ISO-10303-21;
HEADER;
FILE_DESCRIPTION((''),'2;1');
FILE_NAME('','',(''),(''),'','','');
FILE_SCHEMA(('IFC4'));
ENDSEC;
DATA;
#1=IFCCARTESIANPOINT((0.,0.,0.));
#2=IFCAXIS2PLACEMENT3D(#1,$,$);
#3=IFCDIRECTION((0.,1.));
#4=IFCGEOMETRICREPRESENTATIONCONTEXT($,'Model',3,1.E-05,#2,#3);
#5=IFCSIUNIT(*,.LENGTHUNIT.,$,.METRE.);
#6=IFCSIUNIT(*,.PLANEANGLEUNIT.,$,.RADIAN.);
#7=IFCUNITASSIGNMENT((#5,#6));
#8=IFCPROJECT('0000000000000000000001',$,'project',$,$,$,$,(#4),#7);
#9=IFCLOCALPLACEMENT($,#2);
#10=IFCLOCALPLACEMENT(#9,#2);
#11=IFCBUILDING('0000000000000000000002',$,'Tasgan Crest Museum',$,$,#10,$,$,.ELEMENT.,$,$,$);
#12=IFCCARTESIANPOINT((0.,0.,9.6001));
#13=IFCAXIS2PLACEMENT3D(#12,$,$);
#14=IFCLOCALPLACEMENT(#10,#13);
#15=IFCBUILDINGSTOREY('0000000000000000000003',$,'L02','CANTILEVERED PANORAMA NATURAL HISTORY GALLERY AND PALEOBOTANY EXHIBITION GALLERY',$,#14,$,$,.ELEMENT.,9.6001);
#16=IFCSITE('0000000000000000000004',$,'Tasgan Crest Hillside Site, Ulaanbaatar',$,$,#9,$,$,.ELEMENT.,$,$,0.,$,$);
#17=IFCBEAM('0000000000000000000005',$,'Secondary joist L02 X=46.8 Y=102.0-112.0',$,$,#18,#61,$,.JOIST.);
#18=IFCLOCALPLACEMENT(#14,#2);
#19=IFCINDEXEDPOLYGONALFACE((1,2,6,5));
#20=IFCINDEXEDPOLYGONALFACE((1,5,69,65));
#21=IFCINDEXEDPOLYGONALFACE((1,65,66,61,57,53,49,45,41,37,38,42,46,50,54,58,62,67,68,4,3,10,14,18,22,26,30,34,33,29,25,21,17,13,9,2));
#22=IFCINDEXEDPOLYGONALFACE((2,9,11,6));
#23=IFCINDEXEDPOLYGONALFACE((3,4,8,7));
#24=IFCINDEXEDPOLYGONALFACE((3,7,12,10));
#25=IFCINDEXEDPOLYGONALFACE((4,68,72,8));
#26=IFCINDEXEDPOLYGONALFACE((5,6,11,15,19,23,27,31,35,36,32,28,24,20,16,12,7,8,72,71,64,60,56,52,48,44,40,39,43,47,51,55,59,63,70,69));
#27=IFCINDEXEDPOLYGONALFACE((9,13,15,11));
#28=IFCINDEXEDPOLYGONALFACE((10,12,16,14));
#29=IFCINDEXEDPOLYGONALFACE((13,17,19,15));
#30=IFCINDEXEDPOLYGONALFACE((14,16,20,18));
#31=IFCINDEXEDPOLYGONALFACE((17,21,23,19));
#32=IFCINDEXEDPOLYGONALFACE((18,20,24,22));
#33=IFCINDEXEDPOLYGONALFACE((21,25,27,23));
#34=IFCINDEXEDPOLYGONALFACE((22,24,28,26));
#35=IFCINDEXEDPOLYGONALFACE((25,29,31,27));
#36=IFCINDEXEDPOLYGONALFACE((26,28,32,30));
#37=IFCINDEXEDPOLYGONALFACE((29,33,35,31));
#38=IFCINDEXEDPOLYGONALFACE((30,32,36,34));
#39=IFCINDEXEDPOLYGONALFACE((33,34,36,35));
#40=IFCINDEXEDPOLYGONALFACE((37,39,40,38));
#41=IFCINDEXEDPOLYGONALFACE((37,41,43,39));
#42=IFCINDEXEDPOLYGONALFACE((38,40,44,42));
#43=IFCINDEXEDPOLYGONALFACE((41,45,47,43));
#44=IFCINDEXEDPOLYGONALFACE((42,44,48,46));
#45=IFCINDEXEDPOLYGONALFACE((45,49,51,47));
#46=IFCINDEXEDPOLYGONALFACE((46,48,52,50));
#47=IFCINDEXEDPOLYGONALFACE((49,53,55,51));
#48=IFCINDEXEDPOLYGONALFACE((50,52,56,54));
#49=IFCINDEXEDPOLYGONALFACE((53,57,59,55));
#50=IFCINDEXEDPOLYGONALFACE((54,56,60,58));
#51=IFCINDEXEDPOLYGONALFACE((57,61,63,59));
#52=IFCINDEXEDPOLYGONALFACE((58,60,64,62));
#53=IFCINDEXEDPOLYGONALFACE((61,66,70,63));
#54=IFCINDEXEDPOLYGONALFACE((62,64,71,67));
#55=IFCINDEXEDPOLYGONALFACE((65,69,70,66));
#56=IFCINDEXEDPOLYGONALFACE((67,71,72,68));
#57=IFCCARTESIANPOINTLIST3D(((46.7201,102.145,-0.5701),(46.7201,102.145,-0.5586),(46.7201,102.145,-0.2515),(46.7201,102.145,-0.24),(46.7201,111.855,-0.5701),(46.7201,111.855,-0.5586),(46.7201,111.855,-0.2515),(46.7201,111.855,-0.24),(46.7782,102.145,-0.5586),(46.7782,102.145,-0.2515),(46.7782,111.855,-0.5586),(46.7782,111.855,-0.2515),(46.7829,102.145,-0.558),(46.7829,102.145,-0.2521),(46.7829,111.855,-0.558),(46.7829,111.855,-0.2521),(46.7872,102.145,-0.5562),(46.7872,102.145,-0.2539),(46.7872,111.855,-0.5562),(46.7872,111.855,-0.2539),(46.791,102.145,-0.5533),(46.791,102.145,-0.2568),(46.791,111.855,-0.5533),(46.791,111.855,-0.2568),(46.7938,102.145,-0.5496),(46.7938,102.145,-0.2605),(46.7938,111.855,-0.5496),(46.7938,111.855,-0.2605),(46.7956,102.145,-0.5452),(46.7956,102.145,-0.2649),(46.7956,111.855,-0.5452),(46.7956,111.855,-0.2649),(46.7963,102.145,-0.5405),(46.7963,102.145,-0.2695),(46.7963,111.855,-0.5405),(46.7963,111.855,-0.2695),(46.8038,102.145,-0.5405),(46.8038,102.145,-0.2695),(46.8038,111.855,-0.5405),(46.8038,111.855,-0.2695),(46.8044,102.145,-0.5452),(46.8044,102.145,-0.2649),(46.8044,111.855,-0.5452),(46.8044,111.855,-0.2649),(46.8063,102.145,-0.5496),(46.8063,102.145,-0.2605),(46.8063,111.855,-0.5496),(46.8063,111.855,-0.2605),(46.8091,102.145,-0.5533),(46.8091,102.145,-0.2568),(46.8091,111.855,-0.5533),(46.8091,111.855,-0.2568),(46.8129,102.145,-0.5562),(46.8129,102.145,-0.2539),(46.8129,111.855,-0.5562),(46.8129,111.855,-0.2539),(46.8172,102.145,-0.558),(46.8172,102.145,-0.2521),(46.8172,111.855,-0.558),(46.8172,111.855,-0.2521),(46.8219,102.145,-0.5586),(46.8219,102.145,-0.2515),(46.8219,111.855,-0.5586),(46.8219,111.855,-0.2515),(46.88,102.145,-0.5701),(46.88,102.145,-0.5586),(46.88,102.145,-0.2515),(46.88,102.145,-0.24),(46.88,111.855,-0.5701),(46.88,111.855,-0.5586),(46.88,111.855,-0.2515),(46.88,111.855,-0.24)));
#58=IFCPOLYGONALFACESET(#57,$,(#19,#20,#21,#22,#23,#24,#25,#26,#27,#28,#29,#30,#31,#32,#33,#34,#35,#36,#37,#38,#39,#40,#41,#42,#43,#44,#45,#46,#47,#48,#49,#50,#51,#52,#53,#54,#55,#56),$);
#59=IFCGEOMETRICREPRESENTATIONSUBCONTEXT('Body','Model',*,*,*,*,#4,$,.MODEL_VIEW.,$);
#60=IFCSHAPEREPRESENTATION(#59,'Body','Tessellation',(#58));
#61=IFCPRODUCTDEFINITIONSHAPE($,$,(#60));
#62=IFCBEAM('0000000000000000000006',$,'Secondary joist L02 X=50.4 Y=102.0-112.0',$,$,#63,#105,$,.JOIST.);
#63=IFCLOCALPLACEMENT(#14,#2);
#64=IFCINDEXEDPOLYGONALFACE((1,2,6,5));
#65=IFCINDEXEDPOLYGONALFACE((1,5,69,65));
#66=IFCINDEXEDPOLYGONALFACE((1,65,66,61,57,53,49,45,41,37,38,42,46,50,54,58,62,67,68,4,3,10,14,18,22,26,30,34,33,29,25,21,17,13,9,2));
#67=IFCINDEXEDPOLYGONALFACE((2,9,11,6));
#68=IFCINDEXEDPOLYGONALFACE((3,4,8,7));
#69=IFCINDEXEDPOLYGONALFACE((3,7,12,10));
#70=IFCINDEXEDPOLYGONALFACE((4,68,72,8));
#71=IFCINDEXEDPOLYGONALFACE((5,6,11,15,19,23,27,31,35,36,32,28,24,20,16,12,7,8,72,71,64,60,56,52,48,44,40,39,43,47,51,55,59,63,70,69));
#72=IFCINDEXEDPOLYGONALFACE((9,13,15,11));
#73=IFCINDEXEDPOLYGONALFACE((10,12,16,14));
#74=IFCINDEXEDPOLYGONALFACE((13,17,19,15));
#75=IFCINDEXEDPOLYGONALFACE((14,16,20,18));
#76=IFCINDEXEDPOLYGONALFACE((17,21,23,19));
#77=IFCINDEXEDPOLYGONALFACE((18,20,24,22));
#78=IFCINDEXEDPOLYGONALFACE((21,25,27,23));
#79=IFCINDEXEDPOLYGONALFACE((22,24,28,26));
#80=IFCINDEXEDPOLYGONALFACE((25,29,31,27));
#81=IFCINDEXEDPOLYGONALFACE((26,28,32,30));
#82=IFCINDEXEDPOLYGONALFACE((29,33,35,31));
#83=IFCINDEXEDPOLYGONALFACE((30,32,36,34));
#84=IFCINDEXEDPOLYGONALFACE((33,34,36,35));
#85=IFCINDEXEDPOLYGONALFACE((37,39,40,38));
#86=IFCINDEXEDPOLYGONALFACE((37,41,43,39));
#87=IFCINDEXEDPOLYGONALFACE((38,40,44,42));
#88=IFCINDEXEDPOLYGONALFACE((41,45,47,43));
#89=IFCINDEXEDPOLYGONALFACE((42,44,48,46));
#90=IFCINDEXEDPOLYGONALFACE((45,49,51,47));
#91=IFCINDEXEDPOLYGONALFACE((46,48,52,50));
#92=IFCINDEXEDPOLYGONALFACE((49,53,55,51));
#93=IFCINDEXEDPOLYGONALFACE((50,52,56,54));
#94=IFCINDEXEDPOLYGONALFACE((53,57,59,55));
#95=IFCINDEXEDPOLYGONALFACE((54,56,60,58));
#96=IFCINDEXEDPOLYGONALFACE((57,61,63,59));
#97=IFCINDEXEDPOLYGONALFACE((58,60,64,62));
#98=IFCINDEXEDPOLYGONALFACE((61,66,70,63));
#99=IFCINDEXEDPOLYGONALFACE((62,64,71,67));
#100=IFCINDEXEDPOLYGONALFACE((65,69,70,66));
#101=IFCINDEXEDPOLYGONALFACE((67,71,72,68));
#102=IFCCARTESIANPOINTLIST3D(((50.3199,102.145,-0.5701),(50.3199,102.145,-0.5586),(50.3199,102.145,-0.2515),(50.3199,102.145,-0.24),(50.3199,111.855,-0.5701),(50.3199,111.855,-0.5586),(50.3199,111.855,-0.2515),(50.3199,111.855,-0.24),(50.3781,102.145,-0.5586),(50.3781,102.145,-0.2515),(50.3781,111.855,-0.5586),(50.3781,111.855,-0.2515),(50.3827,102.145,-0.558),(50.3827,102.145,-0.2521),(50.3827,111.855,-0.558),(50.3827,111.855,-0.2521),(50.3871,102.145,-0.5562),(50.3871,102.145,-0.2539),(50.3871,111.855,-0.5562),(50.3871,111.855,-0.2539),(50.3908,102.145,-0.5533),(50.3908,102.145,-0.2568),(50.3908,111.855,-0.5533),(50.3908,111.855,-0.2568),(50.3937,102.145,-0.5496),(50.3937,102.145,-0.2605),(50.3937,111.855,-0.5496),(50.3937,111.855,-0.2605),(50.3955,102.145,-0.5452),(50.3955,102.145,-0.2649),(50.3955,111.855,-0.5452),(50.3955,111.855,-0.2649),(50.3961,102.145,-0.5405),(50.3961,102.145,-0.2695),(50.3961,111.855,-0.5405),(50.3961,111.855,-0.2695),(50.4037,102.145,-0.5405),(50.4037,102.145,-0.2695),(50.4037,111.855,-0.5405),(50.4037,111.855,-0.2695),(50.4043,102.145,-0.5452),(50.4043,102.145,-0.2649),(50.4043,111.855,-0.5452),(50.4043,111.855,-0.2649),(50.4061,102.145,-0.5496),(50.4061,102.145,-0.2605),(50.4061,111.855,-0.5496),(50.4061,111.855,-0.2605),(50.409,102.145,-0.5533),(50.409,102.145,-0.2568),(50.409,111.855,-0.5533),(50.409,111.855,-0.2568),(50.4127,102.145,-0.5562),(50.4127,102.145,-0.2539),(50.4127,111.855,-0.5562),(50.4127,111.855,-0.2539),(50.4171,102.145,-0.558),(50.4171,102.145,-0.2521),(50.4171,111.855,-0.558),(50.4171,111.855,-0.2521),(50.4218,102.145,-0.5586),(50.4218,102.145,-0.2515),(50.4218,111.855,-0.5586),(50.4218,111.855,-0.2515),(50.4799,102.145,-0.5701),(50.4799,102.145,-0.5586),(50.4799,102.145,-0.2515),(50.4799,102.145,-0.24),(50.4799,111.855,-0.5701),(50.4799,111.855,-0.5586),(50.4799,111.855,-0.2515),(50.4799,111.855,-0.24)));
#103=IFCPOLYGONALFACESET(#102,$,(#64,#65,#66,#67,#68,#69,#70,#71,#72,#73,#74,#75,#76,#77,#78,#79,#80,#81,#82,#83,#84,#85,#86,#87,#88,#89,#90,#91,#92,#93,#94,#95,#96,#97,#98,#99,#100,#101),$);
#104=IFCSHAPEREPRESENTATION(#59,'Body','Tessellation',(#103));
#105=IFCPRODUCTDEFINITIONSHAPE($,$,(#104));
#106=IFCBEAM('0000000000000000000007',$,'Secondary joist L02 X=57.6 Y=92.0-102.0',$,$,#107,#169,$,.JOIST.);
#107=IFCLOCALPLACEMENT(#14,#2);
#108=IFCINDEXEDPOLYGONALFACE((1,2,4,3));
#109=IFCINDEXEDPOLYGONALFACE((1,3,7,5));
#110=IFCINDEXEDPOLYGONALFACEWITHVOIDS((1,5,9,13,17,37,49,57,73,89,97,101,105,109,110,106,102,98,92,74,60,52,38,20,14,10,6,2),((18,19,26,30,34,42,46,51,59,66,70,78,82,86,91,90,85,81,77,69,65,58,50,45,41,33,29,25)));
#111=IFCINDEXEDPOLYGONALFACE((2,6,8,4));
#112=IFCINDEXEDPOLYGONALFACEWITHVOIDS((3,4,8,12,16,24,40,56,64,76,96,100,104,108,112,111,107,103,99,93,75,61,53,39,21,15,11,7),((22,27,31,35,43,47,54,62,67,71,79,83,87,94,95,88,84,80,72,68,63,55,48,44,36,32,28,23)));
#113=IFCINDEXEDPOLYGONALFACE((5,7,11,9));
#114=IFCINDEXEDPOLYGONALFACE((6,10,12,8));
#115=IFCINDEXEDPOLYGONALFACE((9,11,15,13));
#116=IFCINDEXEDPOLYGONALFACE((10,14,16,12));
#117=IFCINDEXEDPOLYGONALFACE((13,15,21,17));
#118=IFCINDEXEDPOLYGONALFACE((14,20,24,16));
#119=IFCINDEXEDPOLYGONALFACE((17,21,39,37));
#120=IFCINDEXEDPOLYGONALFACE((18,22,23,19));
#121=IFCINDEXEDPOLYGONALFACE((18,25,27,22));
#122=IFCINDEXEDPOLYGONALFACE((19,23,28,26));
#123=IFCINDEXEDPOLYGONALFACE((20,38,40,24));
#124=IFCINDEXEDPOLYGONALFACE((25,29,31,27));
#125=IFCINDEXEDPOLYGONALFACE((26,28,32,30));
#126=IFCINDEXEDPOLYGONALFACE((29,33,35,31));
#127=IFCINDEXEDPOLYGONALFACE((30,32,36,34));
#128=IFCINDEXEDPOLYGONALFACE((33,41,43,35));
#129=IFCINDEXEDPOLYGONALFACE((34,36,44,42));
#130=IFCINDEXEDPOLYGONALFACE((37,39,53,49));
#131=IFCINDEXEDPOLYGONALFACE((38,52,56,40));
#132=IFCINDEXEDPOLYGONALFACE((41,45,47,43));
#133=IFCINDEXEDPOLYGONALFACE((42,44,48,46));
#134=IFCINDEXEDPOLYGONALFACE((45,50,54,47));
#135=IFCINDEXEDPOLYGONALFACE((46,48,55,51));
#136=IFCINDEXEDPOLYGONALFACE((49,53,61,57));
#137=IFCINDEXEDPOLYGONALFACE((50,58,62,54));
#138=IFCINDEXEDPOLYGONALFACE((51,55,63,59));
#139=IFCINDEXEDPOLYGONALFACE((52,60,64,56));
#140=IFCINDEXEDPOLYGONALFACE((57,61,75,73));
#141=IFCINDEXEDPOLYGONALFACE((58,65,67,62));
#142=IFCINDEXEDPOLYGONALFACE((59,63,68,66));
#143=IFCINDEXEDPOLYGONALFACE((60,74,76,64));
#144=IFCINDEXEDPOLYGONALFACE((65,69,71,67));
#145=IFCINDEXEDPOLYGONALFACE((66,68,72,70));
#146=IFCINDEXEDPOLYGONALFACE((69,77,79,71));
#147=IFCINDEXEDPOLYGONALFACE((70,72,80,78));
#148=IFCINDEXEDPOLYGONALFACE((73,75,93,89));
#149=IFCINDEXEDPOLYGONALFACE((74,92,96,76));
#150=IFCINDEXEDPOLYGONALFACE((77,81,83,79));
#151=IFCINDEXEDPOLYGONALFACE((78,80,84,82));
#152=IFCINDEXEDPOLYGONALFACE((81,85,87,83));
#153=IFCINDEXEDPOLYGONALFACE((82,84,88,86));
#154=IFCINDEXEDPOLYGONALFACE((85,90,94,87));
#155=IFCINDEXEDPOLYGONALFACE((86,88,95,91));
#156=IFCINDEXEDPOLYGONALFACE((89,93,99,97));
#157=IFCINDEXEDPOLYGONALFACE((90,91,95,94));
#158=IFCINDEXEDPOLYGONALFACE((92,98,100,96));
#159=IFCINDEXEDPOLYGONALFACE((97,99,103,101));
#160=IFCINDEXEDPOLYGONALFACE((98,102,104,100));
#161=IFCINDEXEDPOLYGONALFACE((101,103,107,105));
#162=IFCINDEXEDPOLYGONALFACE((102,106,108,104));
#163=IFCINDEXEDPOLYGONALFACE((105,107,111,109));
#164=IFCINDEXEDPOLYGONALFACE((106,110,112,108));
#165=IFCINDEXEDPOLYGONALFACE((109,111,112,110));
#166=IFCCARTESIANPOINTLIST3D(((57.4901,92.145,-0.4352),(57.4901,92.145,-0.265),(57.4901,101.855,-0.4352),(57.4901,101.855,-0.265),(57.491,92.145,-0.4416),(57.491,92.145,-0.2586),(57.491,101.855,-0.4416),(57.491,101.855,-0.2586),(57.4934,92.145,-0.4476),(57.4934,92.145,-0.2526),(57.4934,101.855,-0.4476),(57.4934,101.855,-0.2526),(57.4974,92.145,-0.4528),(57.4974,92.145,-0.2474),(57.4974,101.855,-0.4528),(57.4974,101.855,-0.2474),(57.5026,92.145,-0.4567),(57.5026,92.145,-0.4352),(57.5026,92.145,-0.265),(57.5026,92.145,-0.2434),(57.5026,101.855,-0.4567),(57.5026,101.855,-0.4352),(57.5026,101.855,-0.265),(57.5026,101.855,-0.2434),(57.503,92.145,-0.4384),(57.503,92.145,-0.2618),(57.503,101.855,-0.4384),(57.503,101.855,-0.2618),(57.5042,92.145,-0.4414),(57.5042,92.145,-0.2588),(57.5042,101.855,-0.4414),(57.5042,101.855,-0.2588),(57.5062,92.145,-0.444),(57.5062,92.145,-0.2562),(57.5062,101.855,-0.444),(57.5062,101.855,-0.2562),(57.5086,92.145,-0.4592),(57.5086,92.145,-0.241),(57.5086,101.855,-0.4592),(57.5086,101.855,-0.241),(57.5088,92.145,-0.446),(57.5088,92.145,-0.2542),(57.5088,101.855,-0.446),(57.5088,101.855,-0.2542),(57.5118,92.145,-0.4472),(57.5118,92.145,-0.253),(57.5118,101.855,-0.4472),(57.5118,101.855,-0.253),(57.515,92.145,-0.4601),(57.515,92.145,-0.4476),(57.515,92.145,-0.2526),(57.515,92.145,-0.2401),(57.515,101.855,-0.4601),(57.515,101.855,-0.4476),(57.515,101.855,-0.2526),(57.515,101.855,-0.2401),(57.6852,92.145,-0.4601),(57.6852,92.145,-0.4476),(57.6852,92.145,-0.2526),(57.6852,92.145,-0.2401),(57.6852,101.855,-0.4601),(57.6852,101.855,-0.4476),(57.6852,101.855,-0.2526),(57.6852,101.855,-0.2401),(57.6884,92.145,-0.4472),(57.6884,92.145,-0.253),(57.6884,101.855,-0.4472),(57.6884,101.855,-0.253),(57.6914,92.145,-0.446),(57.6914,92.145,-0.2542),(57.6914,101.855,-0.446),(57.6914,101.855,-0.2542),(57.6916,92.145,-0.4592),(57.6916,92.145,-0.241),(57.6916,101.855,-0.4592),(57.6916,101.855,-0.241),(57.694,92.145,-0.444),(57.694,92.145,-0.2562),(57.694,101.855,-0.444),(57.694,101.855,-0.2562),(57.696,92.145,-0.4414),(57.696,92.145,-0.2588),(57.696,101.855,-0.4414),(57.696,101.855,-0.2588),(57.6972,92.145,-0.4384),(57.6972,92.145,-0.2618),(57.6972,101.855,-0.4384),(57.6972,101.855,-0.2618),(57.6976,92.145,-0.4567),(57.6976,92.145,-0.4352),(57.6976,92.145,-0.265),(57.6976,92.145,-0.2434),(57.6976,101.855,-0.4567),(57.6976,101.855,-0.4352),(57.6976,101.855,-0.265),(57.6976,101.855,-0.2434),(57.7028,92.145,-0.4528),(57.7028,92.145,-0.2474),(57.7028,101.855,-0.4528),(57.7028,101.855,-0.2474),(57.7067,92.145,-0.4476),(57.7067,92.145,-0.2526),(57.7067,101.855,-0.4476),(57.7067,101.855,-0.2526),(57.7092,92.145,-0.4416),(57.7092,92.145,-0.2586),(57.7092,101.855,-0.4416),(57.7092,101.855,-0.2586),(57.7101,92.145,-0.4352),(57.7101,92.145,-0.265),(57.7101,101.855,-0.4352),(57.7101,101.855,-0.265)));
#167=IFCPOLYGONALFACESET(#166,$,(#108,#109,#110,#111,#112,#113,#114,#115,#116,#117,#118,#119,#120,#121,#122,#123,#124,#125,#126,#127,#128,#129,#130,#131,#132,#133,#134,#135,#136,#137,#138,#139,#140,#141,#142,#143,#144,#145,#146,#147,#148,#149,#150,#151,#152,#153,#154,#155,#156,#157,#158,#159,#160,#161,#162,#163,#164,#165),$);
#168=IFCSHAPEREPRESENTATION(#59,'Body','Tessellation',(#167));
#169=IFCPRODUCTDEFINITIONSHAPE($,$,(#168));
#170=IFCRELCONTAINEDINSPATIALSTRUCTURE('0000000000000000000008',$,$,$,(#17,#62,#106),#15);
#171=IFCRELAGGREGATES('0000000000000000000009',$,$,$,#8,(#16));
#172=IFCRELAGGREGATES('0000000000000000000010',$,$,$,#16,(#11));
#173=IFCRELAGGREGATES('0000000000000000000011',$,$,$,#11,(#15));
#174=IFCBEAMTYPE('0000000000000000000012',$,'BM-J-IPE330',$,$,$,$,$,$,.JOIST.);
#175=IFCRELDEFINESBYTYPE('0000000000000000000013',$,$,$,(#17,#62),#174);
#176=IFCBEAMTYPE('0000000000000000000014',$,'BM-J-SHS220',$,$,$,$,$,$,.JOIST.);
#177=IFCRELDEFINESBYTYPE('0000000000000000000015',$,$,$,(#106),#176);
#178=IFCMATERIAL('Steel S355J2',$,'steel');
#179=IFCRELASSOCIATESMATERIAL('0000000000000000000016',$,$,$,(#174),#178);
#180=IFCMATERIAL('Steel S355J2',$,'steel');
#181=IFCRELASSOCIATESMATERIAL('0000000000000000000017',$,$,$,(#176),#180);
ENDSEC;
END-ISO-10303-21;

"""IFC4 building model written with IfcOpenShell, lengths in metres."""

from ifc_helpers import new_model, si_unit, direction, frame, origin, origin_2d, place, context, subcontext, project, spatial, hollow_rectangle, i_section, extrude, material, material_profile, profile_set, type_object, element, save


model = new_model("IFC4")

# Units and contexts
model_context = context("Model", 3, precision=1e-05, world=origin(), true_north=direction((0.0, 1.0)))
body_context = subcontext(model_context, "Body", "Model", "MODEL_VIEW")
ifc_project = project(units=[si_unit("LENGTHUNIT", "METRE"), si_unit("PLANEANGLEUNIT", "RADIAN")], contexts=[model_context])

# Site, building, storey
site_placement = place(None, origin())
site = spatial("IfcSite", under=ifc_project, at=site_placement, Name="Tasgan Crest Hillside Site, Ulaanbaatar", CompositionType="ELEMENT", RefElevation=0.0)
building_placement = place(site_placement, origin())
building = spatial("IfcBuilding", under=site, at=building_placement, Name="Tasgan Crest Museum", CompositionType="ELEMENT")
storey_placement = place(building_placement, frame((0.0, 0.0, 9.6001)))
storey = spatial("IfcBuildingStorey", under=building, at=storey_placement, Name="L02", Description="CANTILEVERED PANORAMA NATURAL HISTORY GALLERY AND PALEOBOTANY EXHIBITION GALLERY", CompositionType="ELEMENT", Elevation=9.6001)

# Beams
ifc_material_1 = material(Name="Steel S355J2", Category="steel")
ifc_material_profile_1 = material_profile(ifc_material_1, i_section(OverallWidth=0.1599, OverallDepth=0.3301, WebThickness=0.0076, FlangeThickness=0.0115, FilletRadius=0.0181, at=origin_2d()), Name="IPE 330")
ifc_profile_set_1 = profile_set([ifc_material_profile_1], Name="Steel S355J2")
beam_type_1 = type_object("IfcBeamType", Name="BM-J-IPE330", PredefinedType="JOIST", material=ifc_profile_set_1)
for number, where, z_axis, x_axis, name in (
    (1, (46.8, 102.145, -0.405), (0.0, 1.0, 0.0), (-1.0, 0.0, 0.0), "Secondary joist L02 X=46.8 Y=102.0-112.0"),
    (2, (50.3999, 102.145, -0.405), (0.0, 1.0, 0.0), (-1.0, 0.0, 0.0), "Secondary joist L02 X=50.4 Y=102.0-112.0"),
):
    element("IfcBeam", number, at=place(storey_placement, frame(where, z_axis=z_axis, x_axis=x_axis)), inside=storey, type_object=beam_type_1, Name=name, PredefinedType="JOIST", context=body_context, shape_type="SweptSolid", body=[
        extrude(i_section(OverallWidth=0.1599, OverallDepth=0.3301, WebThickness=0.0076, FlangeThickness=0.0115, FilletRadius=0.0181, at=origin_2d()), origin(), (0.0, 0.0, 1.0), 9.71),
    ])
ifc_material_2 = material(Name="Steel S355J2", Category="steel")
ifc_material_profile_2 = material_profile(ifc_material_2, hollow_rectangle(XDim=0.22, YDim=0.22, WallThickness=0.0125, InnerFilletRadius=0.0125, OuterFilletRadius=0.0249, at=origin_2d()), Name="SHS 220x220x12.5")
ifc_profile_set_2 = profile_set([ifc_material_profile_2], Name="Steel S355J2")
beam_type_2 = type_object("IfcBeamType", Name="BM-J-SHS220", PredefinedType="JOIST", material=ifc_profile_set_2)
for number, where, z_axis, x_axis, name in (
    (3, (57.6001, 92.145, -0.3501), (0.0, 1.0, 0.0), (-1.0, 0.0, 0.0), "Secondary joist L02 X=57.6 Y=92.0-102.0"),
):
    element("IfcBeam", number, at=place(storey_placement, frame(where, z_axis=z_axis, x_axis=x_axis)), inside=storey, type_object=beam_type_2, Name=name, PredefinedType="JOIST", context=body_context, shape_type="SweptSolid", body=[
        extrude(hollow_rectangle(XDim=0.22, YDim=0.22, WallThickness=0.0125, InnerFilletRadius=0.0125, OuterFilletRadius=0.0249, at=origin_2d()), origin(), (0.0, 0.0, 1.0), 9.71),
    ])

save(model, "model.ifc")
